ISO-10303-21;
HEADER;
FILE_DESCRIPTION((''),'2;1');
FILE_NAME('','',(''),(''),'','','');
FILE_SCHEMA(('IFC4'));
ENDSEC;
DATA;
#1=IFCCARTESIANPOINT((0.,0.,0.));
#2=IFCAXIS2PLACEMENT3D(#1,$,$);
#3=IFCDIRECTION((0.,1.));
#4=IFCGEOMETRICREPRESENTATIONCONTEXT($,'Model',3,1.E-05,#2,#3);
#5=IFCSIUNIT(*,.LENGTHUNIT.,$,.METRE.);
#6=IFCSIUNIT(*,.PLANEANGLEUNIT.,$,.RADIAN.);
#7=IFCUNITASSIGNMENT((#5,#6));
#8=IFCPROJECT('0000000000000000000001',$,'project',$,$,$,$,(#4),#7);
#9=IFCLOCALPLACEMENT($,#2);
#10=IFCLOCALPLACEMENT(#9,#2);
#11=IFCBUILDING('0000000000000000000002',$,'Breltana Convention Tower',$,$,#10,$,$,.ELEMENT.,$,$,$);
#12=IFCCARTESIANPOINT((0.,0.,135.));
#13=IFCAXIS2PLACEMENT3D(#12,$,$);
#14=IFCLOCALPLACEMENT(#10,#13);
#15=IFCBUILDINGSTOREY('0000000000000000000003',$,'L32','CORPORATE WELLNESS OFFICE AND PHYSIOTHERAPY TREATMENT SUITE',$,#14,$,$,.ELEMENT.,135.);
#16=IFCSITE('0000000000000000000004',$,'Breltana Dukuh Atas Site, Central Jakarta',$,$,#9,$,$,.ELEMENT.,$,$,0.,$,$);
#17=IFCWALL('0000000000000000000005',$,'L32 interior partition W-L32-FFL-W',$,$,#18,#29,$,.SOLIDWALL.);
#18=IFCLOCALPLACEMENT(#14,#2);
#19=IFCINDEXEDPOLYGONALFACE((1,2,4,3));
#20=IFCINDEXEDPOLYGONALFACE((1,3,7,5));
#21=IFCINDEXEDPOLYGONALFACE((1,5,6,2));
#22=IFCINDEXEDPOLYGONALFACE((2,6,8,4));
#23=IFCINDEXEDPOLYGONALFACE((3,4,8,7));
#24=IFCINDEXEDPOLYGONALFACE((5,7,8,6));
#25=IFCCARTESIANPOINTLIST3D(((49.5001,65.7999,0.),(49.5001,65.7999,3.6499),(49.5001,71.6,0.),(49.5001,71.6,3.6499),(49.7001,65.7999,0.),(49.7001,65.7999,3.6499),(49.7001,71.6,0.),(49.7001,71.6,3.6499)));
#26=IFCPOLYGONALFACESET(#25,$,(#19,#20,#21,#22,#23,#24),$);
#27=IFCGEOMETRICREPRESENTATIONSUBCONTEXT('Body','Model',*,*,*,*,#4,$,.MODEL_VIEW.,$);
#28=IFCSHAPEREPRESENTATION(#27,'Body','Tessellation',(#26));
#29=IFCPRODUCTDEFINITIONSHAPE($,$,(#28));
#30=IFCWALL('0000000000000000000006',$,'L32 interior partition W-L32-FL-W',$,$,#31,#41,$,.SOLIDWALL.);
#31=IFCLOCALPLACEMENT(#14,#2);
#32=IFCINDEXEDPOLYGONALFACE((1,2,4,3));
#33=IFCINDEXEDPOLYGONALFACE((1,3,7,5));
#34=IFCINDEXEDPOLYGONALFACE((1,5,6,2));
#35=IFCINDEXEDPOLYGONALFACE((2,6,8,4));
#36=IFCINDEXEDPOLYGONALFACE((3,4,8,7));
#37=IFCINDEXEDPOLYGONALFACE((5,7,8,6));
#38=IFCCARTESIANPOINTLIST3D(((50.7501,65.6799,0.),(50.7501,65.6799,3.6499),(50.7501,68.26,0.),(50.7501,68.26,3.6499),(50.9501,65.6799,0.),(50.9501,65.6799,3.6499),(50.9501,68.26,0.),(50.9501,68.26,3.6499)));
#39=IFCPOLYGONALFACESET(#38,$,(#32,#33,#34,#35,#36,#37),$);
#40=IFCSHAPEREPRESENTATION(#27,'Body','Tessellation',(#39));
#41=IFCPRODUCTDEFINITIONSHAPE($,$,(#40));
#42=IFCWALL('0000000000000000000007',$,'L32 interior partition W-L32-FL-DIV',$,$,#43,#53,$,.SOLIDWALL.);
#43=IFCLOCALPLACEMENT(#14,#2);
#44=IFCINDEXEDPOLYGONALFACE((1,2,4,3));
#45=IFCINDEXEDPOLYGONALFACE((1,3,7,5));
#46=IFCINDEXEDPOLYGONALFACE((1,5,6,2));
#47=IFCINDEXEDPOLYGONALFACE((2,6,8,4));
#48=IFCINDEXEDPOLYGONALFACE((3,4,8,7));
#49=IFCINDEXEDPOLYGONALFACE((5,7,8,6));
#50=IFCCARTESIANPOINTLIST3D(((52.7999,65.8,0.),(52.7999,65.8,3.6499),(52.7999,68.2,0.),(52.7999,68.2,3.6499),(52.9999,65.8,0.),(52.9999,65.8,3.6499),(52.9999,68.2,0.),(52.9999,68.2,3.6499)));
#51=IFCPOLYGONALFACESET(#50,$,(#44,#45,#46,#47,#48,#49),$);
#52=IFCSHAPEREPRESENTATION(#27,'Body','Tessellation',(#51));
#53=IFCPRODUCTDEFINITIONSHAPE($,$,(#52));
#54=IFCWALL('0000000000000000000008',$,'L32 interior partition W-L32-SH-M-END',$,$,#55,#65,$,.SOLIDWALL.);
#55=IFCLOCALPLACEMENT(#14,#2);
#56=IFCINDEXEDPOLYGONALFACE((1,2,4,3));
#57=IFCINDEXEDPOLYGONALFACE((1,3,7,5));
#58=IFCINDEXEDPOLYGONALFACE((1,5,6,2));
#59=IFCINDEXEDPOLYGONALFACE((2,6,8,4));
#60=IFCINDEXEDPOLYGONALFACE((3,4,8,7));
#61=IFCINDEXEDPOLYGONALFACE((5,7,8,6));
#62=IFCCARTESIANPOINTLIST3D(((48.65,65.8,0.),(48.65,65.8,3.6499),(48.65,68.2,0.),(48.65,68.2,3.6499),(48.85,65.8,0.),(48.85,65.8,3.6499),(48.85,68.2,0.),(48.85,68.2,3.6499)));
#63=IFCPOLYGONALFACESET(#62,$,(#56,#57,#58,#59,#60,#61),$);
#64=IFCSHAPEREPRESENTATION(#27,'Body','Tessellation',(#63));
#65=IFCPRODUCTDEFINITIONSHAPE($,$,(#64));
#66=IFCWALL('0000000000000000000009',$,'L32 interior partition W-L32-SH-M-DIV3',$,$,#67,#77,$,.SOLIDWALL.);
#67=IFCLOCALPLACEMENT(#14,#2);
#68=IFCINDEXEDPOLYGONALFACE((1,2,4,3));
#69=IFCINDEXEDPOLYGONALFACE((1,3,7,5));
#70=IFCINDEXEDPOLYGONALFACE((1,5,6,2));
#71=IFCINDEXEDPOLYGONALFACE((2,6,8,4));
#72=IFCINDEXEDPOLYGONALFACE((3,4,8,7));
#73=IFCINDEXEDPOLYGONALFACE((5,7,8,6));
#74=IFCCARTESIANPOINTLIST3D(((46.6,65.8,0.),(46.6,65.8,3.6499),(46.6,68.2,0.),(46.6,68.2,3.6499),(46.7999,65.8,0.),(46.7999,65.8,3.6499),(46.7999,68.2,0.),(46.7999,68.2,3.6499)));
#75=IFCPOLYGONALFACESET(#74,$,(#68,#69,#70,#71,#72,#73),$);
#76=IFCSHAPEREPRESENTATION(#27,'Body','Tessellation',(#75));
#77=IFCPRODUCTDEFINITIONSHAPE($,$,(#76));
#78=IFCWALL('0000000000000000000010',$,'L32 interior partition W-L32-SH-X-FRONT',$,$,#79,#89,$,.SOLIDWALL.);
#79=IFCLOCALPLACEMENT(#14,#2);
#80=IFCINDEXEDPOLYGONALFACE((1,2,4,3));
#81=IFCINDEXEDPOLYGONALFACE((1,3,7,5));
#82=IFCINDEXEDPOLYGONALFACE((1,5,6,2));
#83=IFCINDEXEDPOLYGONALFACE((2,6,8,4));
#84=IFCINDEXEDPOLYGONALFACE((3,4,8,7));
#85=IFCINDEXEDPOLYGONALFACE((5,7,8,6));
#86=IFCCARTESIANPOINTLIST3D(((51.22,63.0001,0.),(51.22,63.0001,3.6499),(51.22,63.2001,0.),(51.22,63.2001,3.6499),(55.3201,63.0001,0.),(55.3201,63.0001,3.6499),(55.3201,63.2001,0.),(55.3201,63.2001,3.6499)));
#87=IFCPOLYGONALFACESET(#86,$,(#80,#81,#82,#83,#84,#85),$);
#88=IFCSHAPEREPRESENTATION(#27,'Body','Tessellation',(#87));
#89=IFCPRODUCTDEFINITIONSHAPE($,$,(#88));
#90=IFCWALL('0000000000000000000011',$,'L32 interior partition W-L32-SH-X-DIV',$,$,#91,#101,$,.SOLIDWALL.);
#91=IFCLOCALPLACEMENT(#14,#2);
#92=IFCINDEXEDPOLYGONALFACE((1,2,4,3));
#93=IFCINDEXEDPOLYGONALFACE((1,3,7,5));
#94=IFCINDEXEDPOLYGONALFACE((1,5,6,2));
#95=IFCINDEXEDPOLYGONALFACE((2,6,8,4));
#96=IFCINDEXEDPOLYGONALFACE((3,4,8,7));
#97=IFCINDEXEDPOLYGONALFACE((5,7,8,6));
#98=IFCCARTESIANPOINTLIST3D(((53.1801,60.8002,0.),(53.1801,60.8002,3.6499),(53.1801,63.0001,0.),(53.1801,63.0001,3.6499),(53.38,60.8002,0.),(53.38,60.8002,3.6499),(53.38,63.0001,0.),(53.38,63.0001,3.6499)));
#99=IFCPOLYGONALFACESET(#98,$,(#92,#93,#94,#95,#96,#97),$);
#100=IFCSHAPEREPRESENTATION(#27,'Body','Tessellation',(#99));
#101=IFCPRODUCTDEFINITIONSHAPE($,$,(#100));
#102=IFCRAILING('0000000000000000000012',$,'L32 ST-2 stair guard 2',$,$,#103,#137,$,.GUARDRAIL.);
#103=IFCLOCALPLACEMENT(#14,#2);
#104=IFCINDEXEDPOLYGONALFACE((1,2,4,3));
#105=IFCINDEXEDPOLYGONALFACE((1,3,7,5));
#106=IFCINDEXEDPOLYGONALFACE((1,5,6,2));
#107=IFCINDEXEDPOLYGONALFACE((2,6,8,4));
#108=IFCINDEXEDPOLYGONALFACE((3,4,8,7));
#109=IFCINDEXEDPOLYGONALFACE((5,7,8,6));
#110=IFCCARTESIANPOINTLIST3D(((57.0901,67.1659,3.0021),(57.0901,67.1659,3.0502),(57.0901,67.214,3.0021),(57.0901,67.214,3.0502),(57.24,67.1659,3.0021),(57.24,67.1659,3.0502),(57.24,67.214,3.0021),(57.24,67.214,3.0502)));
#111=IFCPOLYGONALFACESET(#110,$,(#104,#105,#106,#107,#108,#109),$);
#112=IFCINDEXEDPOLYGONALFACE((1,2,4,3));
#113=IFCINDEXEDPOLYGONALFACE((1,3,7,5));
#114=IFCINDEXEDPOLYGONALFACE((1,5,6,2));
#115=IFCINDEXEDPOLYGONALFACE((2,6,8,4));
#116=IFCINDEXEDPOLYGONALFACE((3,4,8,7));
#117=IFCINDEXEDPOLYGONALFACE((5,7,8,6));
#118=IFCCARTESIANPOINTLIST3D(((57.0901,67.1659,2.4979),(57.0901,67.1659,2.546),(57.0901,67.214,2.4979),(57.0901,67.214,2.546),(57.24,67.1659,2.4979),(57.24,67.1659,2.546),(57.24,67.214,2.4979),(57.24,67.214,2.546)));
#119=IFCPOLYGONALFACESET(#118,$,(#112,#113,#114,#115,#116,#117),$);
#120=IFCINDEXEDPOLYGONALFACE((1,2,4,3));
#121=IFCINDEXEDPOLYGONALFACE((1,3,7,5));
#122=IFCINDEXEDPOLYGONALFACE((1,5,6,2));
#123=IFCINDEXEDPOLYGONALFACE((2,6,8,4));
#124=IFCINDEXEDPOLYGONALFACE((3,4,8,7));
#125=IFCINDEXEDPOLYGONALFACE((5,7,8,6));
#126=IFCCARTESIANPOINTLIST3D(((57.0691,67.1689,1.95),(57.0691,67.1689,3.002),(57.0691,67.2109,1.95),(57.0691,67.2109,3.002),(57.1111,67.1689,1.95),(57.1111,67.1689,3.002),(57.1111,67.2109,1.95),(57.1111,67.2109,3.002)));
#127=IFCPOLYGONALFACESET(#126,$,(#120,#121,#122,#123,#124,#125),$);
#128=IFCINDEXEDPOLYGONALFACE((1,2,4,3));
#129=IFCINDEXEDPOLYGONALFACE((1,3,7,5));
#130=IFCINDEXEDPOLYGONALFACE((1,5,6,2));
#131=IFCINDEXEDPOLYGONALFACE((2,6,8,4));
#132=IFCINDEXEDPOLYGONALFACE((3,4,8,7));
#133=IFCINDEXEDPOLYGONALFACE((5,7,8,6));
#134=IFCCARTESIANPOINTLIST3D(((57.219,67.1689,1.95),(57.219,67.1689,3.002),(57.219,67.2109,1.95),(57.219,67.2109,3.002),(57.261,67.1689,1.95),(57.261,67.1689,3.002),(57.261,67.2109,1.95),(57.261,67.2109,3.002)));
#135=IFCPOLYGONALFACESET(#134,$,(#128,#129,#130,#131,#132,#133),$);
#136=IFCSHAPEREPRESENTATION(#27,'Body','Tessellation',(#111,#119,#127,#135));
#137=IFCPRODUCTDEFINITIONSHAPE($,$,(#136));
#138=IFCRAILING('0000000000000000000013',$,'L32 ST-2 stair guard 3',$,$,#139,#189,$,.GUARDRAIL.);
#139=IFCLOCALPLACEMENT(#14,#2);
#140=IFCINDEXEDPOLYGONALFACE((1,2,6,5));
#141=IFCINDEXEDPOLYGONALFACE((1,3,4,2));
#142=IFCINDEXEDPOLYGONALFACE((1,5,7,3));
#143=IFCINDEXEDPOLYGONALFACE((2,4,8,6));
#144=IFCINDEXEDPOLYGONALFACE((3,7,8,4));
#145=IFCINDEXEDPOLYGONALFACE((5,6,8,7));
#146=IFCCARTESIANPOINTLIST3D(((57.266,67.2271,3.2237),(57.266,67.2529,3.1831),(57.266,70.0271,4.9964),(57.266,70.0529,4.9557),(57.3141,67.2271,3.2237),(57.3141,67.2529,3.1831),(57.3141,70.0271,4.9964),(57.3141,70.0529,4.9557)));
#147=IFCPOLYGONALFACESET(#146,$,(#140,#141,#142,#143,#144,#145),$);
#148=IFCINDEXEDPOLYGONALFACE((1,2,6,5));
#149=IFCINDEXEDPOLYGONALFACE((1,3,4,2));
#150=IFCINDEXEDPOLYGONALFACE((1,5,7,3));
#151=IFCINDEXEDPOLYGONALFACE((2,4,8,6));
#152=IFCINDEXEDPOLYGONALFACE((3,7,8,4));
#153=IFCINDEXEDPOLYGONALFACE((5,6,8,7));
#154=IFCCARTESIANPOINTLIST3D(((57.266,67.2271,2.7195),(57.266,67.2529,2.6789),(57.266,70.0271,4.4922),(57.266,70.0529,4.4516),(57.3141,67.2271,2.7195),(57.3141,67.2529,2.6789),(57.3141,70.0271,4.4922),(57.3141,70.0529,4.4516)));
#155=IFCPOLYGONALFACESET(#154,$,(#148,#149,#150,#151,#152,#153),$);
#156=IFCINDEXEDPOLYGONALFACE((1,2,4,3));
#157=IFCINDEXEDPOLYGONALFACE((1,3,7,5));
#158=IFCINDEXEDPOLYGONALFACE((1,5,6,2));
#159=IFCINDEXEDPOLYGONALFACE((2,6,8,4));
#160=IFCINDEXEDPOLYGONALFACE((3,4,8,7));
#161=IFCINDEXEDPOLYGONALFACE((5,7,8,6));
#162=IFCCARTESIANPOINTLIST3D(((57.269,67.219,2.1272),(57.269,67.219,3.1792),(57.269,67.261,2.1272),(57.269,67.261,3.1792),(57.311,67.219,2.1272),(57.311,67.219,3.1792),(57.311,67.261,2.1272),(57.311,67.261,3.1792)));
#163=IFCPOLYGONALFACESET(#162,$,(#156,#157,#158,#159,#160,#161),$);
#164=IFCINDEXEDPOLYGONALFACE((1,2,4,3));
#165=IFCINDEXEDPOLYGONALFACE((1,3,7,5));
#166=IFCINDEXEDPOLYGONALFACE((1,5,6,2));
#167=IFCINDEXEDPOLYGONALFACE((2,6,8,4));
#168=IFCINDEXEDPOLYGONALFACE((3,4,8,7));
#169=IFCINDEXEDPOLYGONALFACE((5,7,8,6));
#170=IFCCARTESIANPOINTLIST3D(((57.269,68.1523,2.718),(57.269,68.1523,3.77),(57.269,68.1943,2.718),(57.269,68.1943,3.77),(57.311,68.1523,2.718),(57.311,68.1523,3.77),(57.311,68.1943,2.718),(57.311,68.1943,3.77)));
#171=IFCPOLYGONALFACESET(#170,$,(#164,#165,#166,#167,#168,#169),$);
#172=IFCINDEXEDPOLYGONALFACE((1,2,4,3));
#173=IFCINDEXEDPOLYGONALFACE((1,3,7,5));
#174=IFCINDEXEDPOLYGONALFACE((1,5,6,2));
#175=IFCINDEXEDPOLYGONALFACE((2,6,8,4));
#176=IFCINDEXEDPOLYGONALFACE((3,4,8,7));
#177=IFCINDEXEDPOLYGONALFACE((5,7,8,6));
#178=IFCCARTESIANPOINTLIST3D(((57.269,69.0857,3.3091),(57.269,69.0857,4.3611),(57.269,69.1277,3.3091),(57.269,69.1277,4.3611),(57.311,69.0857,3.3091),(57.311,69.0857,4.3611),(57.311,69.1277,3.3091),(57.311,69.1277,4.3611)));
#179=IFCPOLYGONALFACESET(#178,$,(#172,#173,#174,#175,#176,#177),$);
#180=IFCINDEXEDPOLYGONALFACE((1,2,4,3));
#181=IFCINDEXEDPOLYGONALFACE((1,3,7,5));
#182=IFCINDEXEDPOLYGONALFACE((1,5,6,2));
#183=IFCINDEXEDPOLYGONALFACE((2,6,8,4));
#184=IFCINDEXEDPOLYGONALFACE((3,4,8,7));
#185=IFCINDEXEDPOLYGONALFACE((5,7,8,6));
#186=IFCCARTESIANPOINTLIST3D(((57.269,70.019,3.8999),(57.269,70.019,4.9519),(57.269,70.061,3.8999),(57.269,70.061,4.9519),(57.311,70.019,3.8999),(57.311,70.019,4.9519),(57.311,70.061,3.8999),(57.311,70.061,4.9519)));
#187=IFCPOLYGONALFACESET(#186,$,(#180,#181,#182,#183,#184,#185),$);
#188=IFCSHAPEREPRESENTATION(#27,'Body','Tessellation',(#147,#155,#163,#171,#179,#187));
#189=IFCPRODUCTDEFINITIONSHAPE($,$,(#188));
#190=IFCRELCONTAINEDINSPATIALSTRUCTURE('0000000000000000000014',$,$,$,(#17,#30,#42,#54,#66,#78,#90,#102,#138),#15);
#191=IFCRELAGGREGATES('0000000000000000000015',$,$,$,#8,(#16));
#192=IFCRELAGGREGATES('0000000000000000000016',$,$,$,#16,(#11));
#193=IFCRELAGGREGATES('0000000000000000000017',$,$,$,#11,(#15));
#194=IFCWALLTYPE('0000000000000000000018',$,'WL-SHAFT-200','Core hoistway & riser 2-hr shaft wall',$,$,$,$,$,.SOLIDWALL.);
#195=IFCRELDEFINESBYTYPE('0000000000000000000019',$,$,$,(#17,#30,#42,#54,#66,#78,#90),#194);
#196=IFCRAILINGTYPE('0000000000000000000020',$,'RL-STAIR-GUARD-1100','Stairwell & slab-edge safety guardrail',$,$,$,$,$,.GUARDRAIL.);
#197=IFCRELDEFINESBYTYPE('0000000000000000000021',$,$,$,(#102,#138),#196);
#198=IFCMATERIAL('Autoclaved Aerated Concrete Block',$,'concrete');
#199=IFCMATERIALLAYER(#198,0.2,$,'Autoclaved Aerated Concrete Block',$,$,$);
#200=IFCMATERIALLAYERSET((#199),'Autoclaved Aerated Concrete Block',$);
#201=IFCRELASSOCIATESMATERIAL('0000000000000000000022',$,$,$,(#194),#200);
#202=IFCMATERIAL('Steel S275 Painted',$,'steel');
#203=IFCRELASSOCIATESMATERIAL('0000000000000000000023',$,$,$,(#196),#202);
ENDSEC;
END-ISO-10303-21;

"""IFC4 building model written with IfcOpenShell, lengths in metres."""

from ifc_helpers import new_model, si_unit, direction, frame, frame_2d, origin, origin_2d, place, context, subcontext, project, spatial, rectangle, extrude, source, transform, mapped, material, layer, layer_set, type_object, element, save


model = new_model("IFC4")

# Units and contexts
model_context = context("Model", 3, precision=1e-05, world=origin(), true_north=direction((0.0, 1.0)))
body_context = subcontext(model_context, "Body", "Model", "MODEL_VIEW")
ifc_project = project(units=[si_unit("LENGTHUNIT", "METRE"), si_unit("PLANEANGLEUNIT", "RADIAN")], contexts=[model_context])

# Site, building, storey
site_placement = place(None, origin())
site = spatial("IfcSite", under=ifc_project, at=site_placement, Name="Breltana Dukuh Atas Site, Central Jakarta", CompositionType="ELEMENT", RefElevation=0.0)
building_placement = place(site_placement, origin())
building = spatial("IfcBuilding", under=site, at=building_placement, Name="Breltana Convention Tower", CompositionType="ELEMENT")
storey_placement = place(building_placement, frame((0.0, 0.0, 135.0)))
storey = spatial("IfcBuildingStorey", under=building, at=storey_placement, Name="L32", Description="CORPORATE WELLNESS OFFICE AND PHYSIOTHERAPY TREATMENT SUITE", CompositionType="ELEMENT", Elevation=135.0)

# Walls
ifc_material_1 = material(Name="Autoclaved Aerated Concrete Block", Category="concrete")
ifc_layer_1 = layer(ifc_material_1, 0.2, Name="Autoclaved Aerated Concrete Block")
ifc_layer_set_1 = layer_set([ifc_layer_1], Name="Autoclaved Aerated Concrete Block")
wall_type_1 = type_object("IfcWallType", Name="WL-SHAFT-200", Description="Core hoistway & riser 2-hr shaft wall", PredefinedType="SOLIDWALL", material=ifc_layer_set_1)
shared_shape_1 = source(origin(), body_context, "Body", "SweptSolid", [
    extrude(rectangle(XDim=5.8, YDim=0.2, at=frame_2d((2.8999, 0.0))), origin(), (0.0, 0.0, 1.0), 3.6499),
])
wall_1_placement = place(storey_placement, frame((49.6001, 65.8, 0.0), z_axis=(0.0, 0.0, 1.0), x_axis=(0.0, 1.0, 0.0)))
element("IfcWall", 1, at=wall_1_placement, inside=storey, type_object=wall_type_1, Name="L32 interior partition W-L32-FFL-W", PredefinedType="SOLIDWALL", context=body_context, shape_type="MappedRepresentation", body=[
    mapped(shared_shape_1, transform((0.0, 0.0, 0.0), scale=1.0)),
])
shared_shape_2 = source(origin(), body_context, "Body", "SweptSolid", [
    extrude(rectangle(XDim=2.5801, YDim=0.2, at=frame_2d((1.29, 0.0))), origin(), (0.0, 0.0, 1.0), 3.6499),
])
wall_2_placement = place(storey_placement, frame((50.8501, 65.6799, 0.0), z_axis=(0.0, 0.0, 1.0), x_axis=(0.0, 1.0, 0.0)))
element("IfcWall", 2, at=wall_2_placement, inside=storey, type_object=wall_type_1, Name="L32 interior partition W-L32-FL-W", PredefinedType="SOLIDWALL", context=body_context, shape_type="MappedRepresentation", body=[
    mapped(shared_shape_2, transform((0.0, 0.0, 0.0), scale=1.0)),
])
shared_shape_3 = source(origin(), body_context, "Body", "SweptSolid", [
    extrude(rectangle(XDim=2.3999, YDim=0.2, at=frame_2d((1.2, 0.0))), origin(), (0.0, 0.0, 1.0), 3.6499),
])
for number, where, z_axis, x_axis, name in (
    (3, (52.8999, 65.8, 0.0), (0.0, 0.0, 1.0), (0.0, 1.0, 0.0), "L32 interior partition W-L32-FL-DIV"),
    (4, (48.75, 65.8, 0.0), (0.0, 0.0, 1.0), (0.0, 1.0, 0.0), "L32 interior partition W-L32-SH-M-END"),
    (5, (46.7, 65.8, 0.0), (0.0, 0.0, 1.0), (0.0, 1.0, 0.0), "L32 interior partition W-L32-SH-M-DIV3"),
):
    element("IfcWall", number, at=place(storey_placement, frame(where, z_axis=z_axis, x_axis=x_axis)), inside=storey, type_object=wall_type_1, Name=name, PredefinedType="SOLIDWALL", context=body_context, shape_type="MappedRepresentation", body=[
        mapped(shared_shape_3, transform((0.0, 0.0, 0.0), scale=1.0)),
    ])
shared_shape_4 = source(origin(), body_context, "Body", "SweptSolid", [
    extrude(rectangle(XDim=4.1001, YDim=0.2, at=frame_2d((2.05, 0.0))), origin(), (0.0, 0.0, 1.0), 3.6499),
])
wall_3_placement = place(storey_placement, frame((51.22, 63.1001, 0.0), z_axis=(0.0, 0.0, 1.0), x_axis=(1.0, 0.0, 0.0)))
element("IfcWall", 6, at=wall_3_placement, inside=storey, type_object=wall_type_1, Name="L32 interior partition W-L32-SH-X-FRONT", PredefinedType="SOLIDWALL", context=body_context, shape_type="MappedRepresentation", body=[
    mapped(shared_shape_4, transform((0.0, 0.0, 0.0), scale=1.0)),
])
shared_shape_5 = source(origin(), body_context, "Body", "SweptSolid", [
    extrude(rectangle(XDim=2.2, YDim=0.2, at=frame_2d((1.1001, 0.0))), origin(), (0.0, 0.0, 1.0), 3.6499),
])
wall_4_placement = place(storey_placement, frame((53.28, 60.8, 0.0), z_axis=(0.0, 0.0, 1.0), x_axis=(0.0, 1.0, 0.0)))
element("IfcWall", 7, at=wall_4_placement, inside=storey, type_object=wall_type_1, Name="L32 interior partition W-L32-SH-X-DIV", PredefinedType="SOLIDWALL", context=body_context, shape_type="MappedRepresentation", body=[
    mapped(shared_shape_5, transform((0.0, 0.0, 0.0), scale=1.0)),
])

# Railings
ifc_material_2 = material(Name="Steel S275 Painted", Category="steel")
railing_type = type_object("IfcRailingType", Name="RL-STAIR-GUARD-1100", Description="Stairwell & slab-edge safety guardrail", PredefinedType="GUARDRAIL", material=ifc_material_2)
railing_1_placement = place(storey_placement, frame((57.0901, 67.1899, 1.95)))
element("IfcRailing", 8, at=railing_1_placement, inside=storey, type_object=railing_type, Name="L32 ST-2 stair guard 2", PredefinedType="GUARDRAIL", context=body_context, shape_type="SweptSolid", body=[
    extrude(rectangle(XDim=0.0481, YDim=0.0481, at=origin_2d()), frame((0.0, 0.0, 1.0762), z_axis=(1.0, 0.0, 0.0), x_axis=(0.0, 1.0, 0.0)), (0.0, 0.0, 1.0), 0.1499),
    extrude(rectangle(XDim=0.0481, YDim=0.0481, at=origin_2d()), frame((0.0, 0.0, 0.572), z_axis=(1.0, 0.0, 0.0), x_axis=(0.0, 1.0, 0.0)), (0.0, 0.0, 1.0), 0.1499),
    extrude(rectangle(XDim=0.042, YDim=0.042, at=origin_2d()), origin(), (0.0, 0.0, 1.0), 1.052),
    extrude(rectangle(XDim=0.042, YDim=0.042, at=origin_2d()), frame((0.1499, 0.0, 0.0)), (0.0, 0.0, 1.0), 1.052),
])
railing_2_placement = place(storey_placement, frame((57.29, 67.24, 2.1272)))
element("IfcRailing", 9, at=railing_2_placement, inside=storey, type_object=railing_type, Name="L32 ST-2 stair guard 3", PredefinedType="GUARDRAIL", context=body_context, shape_type="SweptSolid", body=[
    extrude(rectangle(XDim=0.0481, YDim=0.0481, at=origin_2d()), frame((0.0, 0.0, 1.0762), z_axis=(0.0, 0.844909, 0.53491), x_axis=(-1.0, 0.0, 0.0)), (0.0, 0.0, 1.0), 3.314),
    extrude(rectangle(XDim=0.0481, YDim=0.0481, at=origin_2d()), frame((0.0, 0.0, 0.572), z_axis=(0.0, 0.844909, 0.53491), x_axis=(-1.0, 0.0, 0.0)), (0.0, 0.0, 1.0), 3.314),
    extrude(rectangle(XDim=0.042, YDim=0.042, at=origin_2d()), origin(), (0.0, 0.0, 1.0), 1.052),
    extrude(rectangle(XDim=0.042, YDim=0.042, at=origin_2d()), frame((0.0, 0.9333, 0.5908)), (0.0, 0.0, 1.0), 1.052),
    extrude(rectangle(XDim=0.042, YDim=0.042, at=origin_2d()), frame((0.0, 1.8667, 1.1819)), (0.0, 0.0, 1.0), 1.052),
    extrude(rectangle(XDim=0.042, YDim=0.042, at=origin_2d()), frame((0.0, 2.8, 1.7727)), (0.0, 0.0, 1.0), 1.052),
])

save(model, "model.ifc")
